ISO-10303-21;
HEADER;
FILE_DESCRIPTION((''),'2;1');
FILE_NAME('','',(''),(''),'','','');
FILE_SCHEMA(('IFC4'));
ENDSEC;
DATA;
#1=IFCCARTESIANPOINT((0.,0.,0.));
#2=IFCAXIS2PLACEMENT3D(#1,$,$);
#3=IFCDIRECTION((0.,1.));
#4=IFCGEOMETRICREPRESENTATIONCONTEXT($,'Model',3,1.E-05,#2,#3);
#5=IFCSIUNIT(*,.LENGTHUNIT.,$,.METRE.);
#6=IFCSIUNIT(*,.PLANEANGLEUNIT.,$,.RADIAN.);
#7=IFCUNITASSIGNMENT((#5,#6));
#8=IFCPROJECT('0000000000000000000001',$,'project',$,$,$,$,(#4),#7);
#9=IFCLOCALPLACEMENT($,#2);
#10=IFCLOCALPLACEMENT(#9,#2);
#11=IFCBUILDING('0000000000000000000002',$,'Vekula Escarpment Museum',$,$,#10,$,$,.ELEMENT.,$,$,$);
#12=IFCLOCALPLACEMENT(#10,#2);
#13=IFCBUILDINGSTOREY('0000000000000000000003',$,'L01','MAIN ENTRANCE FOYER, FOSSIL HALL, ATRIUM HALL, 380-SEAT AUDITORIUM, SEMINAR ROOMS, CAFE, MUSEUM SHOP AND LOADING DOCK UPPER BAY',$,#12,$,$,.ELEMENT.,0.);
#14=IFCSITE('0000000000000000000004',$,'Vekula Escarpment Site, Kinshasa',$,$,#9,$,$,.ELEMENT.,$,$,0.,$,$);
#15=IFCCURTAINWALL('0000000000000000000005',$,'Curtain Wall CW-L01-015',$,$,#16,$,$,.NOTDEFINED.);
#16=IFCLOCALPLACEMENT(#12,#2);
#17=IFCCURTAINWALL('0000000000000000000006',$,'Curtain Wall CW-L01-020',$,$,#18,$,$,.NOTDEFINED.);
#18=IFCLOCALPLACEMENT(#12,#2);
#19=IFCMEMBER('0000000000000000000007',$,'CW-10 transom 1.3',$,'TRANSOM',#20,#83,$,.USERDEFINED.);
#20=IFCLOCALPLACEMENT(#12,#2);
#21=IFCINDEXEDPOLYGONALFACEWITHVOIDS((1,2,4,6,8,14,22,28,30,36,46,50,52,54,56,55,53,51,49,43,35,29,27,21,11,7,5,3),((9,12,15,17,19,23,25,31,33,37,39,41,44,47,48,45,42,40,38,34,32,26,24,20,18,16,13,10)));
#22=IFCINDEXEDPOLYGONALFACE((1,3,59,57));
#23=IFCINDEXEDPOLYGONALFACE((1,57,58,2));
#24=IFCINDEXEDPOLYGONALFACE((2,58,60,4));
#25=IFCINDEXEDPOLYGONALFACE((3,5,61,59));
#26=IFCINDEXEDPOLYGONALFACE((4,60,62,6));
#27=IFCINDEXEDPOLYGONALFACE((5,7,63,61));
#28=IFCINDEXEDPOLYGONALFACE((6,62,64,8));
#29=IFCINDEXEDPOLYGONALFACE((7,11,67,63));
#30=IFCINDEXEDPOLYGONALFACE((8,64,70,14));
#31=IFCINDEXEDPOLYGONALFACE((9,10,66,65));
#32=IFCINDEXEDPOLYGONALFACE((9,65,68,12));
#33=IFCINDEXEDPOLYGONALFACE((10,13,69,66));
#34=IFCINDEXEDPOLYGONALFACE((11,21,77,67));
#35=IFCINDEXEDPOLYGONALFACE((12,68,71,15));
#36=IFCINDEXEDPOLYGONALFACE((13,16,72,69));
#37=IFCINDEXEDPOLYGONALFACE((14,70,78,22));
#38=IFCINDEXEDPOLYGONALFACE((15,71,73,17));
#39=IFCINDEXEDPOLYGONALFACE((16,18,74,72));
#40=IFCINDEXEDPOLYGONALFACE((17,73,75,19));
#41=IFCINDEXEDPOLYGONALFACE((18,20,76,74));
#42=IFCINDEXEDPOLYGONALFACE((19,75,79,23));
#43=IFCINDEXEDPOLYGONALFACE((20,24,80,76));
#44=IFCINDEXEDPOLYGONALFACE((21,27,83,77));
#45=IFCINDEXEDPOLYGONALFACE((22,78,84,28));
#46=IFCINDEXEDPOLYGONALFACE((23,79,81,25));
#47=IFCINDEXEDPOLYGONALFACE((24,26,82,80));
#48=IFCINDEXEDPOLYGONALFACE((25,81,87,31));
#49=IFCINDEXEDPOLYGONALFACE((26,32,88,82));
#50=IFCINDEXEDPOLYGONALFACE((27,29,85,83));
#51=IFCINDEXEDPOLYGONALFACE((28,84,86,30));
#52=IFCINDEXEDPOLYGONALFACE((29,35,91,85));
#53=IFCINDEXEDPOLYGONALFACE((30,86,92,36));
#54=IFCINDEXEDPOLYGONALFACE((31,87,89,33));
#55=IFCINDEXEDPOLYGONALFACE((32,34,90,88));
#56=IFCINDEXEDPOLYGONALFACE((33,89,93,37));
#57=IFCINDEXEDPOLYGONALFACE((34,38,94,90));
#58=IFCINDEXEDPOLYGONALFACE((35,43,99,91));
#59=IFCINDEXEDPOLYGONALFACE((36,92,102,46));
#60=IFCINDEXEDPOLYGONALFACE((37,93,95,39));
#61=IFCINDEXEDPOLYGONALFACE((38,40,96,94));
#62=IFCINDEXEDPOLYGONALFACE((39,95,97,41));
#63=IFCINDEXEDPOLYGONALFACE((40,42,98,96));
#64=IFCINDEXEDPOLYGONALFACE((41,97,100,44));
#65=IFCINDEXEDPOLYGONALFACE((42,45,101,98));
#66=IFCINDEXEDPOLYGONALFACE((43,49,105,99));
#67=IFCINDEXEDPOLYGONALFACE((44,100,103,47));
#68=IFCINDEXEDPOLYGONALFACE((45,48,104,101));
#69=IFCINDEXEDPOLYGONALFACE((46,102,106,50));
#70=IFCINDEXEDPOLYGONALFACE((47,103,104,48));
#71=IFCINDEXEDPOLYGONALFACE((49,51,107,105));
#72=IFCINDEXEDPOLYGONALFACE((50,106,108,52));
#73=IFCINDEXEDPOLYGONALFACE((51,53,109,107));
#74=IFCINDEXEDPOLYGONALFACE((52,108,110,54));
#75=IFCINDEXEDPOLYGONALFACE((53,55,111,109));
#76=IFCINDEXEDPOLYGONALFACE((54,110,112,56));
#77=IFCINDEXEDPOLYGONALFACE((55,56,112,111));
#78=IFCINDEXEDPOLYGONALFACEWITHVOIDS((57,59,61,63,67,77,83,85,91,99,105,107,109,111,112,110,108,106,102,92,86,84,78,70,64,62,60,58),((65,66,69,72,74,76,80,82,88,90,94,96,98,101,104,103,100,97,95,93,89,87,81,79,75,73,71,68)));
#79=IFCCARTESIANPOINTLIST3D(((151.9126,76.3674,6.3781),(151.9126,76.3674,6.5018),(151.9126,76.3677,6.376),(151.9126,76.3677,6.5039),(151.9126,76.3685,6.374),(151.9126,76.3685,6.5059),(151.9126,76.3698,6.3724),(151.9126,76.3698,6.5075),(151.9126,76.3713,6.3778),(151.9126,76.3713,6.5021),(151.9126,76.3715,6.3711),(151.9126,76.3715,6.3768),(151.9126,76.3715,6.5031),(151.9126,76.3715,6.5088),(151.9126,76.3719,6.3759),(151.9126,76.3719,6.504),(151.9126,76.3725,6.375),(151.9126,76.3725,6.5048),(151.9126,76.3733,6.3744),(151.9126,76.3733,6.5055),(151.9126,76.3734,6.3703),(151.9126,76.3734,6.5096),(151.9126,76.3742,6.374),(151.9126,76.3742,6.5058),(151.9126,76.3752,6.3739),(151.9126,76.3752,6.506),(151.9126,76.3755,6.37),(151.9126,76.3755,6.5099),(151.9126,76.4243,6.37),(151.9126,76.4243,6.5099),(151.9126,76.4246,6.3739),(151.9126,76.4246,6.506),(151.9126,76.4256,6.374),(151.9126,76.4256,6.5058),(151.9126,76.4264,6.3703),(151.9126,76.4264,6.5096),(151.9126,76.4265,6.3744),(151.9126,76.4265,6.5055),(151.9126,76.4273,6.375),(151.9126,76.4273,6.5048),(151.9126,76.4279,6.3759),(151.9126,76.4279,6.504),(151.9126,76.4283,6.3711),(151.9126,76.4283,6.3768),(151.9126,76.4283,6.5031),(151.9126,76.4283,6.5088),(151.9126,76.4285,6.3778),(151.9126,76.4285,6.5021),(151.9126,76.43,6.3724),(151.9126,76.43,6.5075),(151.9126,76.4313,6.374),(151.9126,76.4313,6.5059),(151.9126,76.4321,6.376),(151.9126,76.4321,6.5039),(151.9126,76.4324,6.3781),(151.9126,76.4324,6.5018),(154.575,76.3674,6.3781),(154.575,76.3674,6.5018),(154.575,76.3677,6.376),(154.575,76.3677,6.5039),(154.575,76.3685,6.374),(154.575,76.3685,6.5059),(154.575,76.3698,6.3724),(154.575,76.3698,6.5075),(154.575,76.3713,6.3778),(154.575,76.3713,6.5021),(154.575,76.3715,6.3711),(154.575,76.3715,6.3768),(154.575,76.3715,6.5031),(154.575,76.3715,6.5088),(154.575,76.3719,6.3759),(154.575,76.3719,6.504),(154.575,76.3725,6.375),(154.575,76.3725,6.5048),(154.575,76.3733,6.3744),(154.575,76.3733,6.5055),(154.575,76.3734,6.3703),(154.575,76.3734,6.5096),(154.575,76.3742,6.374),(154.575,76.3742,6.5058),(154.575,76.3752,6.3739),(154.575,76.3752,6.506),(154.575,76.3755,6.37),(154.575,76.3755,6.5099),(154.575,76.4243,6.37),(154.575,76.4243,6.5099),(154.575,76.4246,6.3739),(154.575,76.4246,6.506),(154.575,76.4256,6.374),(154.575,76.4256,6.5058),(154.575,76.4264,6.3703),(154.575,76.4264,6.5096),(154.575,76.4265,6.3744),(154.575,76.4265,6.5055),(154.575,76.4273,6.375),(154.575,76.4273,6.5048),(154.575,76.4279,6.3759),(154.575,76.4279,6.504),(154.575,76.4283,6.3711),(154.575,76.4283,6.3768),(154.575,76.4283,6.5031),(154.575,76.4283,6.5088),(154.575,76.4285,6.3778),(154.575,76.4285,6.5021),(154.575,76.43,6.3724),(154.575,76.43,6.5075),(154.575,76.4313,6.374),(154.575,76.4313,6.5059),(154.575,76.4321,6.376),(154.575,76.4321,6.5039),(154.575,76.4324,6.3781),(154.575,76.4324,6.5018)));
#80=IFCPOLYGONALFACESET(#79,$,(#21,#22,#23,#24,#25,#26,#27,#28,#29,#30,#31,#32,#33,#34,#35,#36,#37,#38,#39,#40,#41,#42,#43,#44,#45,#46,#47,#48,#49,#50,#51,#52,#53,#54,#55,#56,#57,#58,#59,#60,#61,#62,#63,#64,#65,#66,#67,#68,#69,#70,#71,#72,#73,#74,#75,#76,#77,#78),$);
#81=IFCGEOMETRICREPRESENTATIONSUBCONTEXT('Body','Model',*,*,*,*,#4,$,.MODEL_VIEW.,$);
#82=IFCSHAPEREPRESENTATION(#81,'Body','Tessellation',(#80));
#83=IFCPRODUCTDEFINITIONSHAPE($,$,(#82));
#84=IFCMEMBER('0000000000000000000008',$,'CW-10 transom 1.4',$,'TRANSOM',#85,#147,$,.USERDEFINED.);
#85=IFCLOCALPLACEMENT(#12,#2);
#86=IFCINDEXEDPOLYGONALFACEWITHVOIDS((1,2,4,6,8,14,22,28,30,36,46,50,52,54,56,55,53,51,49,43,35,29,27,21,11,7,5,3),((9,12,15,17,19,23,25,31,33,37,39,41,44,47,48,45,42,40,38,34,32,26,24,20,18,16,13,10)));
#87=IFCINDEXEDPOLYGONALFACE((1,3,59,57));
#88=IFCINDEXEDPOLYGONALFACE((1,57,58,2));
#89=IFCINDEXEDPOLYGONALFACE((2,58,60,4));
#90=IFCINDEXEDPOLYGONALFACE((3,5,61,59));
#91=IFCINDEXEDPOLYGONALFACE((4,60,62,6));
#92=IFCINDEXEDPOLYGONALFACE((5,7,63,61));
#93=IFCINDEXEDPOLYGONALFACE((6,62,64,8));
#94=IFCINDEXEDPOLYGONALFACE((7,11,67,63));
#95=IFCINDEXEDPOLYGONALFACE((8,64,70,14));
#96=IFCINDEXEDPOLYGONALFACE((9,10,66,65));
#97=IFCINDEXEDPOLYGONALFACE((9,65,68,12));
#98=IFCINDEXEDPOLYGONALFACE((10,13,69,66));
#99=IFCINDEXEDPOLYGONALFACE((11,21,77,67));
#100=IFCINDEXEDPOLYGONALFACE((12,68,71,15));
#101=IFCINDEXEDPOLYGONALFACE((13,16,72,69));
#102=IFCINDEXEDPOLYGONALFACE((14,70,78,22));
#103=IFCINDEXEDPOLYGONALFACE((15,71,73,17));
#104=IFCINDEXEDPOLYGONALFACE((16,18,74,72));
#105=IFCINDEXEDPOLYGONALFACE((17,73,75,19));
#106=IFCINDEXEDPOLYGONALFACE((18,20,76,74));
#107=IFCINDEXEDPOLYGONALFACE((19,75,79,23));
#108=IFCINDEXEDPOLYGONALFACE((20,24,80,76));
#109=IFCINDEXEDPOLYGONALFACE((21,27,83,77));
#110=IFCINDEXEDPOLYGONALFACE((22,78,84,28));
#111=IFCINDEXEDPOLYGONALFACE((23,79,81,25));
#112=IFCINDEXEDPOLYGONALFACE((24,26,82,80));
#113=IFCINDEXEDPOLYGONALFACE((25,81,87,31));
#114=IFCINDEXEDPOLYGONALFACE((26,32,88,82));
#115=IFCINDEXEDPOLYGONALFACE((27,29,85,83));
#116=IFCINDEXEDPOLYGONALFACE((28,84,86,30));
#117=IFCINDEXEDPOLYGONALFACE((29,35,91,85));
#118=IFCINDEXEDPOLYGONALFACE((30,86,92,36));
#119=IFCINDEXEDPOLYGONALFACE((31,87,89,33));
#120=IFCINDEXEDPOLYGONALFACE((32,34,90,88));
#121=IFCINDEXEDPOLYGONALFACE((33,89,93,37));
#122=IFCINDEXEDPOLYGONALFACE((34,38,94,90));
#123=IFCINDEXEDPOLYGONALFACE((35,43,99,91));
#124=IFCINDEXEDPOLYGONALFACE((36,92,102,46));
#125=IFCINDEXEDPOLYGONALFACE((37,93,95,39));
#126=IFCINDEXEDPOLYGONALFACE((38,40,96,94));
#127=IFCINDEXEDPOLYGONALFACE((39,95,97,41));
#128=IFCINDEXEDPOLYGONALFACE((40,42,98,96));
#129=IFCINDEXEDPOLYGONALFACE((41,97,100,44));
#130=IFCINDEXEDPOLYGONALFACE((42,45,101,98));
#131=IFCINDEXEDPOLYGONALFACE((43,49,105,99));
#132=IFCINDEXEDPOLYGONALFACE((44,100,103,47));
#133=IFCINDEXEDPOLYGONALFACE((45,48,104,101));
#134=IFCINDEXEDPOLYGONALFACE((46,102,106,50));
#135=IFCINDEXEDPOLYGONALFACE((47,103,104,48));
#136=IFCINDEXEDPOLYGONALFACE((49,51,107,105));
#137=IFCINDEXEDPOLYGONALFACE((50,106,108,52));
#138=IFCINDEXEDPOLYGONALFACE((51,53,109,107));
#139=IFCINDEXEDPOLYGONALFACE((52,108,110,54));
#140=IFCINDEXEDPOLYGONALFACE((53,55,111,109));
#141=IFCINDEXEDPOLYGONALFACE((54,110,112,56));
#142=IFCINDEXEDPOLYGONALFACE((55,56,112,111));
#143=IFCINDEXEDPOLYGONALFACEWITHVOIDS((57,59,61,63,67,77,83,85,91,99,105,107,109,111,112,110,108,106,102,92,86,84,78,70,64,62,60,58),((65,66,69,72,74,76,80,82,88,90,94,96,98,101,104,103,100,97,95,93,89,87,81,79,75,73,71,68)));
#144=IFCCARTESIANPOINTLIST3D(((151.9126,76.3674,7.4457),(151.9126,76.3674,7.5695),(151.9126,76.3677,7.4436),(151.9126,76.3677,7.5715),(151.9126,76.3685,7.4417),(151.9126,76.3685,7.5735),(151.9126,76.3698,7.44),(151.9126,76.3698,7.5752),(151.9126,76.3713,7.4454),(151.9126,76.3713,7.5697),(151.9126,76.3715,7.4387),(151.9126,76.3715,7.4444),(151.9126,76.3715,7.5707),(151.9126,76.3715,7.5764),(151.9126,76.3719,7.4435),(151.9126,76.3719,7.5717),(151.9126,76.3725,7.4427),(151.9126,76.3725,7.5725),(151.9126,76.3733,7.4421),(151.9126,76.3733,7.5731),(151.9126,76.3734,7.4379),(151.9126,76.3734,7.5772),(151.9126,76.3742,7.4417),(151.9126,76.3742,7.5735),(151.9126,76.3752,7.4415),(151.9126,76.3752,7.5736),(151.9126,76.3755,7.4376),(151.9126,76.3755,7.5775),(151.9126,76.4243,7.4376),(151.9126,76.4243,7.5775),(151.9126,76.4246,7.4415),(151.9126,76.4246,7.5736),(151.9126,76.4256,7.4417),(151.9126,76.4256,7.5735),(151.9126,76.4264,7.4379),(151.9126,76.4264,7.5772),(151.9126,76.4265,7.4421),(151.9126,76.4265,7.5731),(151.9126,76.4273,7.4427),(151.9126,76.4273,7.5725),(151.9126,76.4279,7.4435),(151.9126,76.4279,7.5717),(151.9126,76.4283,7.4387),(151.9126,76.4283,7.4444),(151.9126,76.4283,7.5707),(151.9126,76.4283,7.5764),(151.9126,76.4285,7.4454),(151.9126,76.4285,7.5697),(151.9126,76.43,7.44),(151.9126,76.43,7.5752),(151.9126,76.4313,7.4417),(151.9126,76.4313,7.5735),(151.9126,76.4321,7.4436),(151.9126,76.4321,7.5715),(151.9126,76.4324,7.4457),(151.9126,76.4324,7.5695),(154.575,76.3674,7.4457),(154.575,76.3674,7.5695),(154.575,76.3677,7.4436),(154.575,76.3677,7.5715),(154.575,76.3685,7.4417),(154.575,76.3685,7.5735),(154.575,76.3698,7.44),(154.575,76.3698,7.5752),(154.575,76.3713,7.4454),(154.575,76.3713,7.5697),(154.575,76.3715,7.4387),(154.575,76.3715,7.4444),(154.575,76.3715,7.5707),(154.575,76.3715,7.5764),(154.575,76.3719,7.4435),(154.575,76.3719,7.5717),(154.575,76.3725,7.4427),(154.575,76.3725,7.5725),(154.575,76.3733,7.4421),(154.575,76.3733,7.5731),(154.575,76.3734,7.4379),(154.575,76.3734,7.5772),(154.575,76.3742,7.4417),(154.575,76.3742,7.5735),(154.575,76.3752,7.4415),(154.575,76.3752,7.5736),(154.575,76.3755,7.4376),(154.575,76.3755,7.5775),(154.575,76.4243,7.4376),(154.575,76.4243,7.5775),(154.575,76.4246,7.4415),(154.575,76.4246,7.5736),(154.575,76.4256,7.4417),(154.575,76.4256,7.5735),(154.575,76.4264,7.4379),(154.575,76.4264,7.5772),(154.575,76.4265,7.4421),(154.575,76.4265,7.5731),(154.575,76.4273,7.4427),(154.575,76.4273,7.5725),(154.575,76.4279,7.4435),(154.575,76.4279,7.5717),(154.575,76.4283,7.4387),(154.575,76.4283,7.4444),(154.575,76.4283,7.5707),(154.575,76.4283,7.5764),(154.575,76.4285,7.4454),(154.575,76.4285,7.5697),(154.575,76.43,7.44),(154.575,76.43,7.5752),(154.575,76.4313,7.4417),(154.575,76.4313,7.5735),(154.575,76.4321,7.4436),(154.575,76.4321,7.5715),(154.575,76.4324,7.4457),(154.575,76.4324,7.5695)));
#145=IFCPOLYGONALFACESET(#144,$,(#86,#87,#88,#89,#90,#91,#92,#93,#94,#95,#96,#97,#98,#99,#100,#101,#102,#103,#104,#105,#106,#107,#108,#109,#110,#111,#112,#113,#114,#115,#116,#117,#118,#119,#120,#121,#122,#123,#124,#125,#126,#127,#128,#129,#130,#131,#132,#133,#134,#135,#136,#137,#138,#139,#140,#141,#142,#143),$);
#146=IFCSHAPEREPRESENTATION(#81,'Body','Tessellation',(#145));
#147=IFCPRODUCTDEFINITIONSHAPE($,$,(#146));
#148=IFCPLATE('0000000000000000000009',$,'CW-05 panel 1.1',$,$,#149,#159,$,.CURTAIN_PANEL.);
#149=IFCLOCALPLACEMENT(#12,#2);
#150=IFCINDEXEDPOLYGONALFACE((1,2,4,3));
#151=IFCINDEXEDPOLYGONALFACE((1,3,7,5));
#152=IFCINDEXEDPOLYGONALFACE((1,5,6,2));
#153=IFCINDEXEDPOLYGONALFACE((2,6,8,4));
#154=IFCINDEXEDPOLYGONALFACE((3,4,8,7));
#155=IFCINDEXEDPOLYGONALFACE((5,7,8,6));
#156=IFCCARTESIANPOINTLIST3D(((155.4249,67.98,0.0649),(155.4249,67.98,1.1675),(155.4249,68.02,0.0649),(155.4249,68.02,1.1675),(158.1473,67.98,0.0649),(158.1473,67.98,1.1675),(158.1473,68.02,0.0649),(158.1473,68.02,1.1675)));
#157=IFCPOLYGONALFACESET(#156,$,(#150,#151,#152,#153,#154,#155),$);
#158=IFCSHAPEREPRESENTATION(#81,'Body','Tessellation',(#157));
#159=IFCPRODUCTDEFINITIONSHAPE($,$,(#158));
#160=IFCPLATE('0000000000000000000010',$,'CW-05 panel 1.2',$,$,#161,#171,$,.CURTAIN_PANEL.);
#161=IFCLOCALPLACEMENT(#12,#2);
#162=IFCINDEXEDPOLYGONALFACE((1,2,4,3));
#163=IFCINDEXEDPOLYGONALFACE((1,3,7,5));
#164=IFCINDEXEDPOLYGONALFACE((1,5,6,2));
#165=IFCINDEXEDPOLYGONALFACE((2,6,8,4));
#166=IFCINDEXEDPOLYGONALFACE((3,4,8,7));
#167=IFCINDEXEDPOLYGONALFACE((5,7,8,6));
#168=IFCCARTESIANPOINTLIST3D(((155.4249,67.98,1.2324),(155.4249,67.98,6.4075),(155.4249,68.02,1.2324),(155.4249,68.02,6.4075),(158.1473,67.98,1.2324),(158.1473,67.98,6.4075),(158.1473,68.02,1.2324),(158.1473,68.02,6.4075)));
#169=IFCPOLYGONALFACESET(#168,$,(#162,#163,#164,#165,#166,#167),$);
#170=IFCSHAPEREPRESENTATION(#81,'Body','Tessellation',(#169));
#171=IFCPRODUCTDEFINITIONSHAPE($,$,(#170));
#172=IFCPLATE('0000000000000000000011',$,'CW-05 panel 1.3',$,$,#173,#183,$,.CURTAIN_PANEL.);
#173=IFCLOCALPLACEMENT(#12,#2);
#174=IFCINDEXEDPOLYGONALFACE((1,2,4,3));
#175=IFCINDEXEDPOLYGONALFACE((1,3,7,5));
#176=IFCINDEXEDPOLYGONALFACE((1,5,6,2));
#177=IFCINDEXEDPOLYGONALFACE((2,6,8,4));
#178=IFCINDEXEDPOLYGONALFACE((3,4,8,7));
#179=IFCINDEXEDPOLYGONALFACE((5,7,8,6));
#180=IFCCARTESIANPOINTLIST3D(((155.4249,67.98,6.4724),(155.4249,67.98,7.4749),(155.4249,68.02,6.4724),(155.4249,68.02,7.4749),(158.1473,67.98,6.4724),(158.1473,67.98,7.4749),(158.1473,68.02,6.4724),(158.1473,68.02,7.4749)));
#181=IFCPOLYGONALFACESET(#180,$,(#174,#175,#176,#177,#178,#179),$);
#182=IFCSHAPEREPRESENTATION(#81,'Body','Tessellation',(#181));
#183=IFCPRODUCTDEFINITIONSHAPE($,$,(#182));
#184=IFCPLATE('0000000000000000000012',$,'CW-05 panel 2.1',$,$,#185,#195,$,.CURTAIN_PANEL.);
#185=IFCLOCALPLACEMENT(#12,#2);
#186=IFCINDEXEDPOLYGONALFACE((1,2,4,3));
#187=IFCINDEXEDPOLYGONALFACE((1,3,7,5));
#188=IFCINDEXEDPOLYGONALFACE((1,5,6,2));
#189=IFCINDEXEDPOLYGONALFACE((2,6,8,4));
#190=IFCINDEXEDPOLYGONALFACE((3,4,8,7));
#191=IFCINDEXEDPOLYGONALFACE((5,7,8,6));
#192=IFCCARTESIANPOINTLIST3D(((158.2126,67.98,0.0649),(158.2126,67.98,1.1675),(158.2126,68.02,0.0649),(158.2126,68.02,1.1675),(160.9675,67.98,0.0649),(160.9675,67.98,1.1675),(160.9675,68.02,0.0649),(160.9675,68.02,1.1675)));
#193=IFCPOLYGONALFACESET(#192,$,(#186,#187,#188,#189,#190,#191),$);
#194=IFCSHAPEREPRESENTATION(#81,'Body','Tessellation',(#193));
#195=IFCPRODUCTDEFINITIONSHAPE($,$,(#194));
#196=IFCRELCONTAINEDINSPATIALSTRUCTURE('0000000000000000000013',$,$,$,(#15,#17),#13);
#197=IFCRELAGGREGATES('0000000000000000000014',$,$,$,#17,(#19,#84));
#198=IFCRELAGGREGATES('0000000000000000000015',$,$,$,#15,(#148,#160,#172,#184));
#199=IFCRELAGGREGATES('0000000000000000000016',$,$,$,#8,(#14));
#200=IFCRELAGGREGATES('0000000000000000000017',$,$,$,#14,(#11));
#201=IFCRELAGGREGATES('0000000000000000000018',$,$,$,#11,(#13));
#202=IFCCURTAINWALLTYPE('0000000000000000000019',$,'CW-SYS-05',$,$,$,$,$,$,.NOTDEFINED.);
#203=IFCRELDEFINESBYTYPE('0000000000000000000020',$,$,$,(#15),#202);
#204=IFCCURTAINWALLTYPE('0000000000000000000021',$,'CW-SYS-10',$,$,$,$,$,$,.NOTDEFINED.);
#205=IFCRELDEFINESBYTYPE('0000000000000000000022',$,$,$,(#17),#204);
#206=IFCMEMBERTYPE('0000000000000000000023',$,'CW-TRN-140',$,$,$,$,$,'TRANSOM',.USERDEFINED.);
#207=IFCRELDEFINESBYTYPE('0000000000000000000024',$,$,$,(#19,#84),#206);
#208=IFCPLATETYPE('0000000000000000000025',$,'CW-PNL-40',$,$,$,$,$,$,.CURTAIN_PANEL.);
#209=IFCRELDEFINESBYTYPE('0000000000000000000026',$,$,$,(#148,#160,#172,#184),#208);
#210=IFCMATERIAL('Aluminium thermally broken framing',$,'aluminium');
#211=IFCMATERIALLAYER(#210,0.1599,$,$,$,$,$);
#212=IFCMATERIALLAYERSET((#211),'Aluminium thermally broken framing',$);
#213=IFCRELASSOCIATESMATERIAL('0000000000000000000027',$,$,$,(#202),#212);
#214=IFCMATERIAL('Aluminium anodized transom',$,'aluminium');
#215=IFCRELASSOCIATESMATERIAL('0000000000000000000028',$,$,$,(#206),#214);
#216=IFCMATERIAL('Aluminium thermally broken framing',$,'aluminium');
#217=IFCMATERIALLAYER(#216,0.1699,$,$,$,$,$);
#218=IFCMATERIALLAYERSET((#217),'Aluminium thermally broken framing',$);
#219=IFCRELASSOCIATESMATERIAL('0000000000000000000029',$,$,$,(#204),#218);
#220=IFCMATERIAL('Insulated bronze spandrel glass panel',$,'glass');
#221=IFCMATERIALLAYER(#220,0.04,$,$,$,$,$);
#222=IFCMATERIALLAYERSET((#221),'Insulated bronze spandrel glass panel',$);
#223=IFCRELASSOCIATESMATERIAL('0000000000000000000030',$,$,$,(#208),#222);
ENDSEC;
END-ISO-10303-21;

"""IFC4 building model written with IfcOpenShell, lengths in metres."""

from ifc_helpers import new_model, si_unit, direction, frame, origin, origin_2d, place, context, subcontext, project, spatial, rectangle, hollow_rectangle, extrude, material, layer, layer_set, material_profile, profile_set, type_object, element, aggregate, save


model = new_model("IFC4")

# Units and contexts
model_context = context("Model", 3, precision=1e-05, world=origin(), true_north=direction((0.0, 1.0)))
body_context = subcontext(model_context, "Body", "Model", "MODEL_VIEW")
ifc_project = project(units=[si_unit("LENGTHUNIT", "METRE"), si_unit("PLANEANGLEUNIT", "RADIAN")], contexts=[model_context])

# Site, building, storey
site_placement = place(None, origin())
site = spatial("IfcSite", under=ifc_project, at=site_placement, Name="Vekula Escarpment Site, Kinshasa", CompositionType="ELEMENT", RefElevation=0.0)
building_placement = place(site_placement, origin())
building = spatial("IfcBuilding", under=site, at=building_placement, Name="Vekula Escarpment Museum", CompositionType="ELEMENT")
storey_placement = place(building_placement, origin())
storey = spatial("IfcBuildingStorey", under=building, at=storey_placement, Name="L01", Description="MAIN ENTRANCE FOYER, FOSSIL HALL, ATRIUM HALL, 380-SEAT AUDITORIUM, SEMINAR ROOMS, CAFE, MUSEUM SHOP AND LOADING DOCK UPPER BAY", CompositionType="ELEMENT", Elevation=0.0)

# Curtain walls, members
ifc_material_1 = material(Name="Aluminium thermally broken framing", Category="aluminium")
ifc_layer_1 = layer(ifc_material_1, 0.1599)
ifc_layer_set_1 = layer_set([ifc_layer_1], Name="Aluminium thermally broken framing")
curtain_wall_type_1 = type_object("IfcCurtainWallType", Name="CW-SYS-05", PredefinedType="NOTDEFINED", material=ifc_layer_set_1)
curtain_wall_1_placement = place(storey_placement, origin())
curtain_wall_1 = element("IfcCurtainWall", 1, at=curtain_wall_1_placement, inside=storey, type_object=curtain_wall_type_1, Name="Curtain Wall CW-L01-015", PredefinedType="NOTDEFINED")
ifc_material_2 = material(Name="Aluminium anodized transom", Category="aluminium")
ifc_material_profile_1 = material_profile(ifc_material_2, hollow_rectangle(XDim=0.0649, YDim=0.1399, WallThickness=0.0039, InnerFilletRadius=0.0039, OuterFilletRadius=0.0081, at=origin_2d()), Name="ALU 140x65x4")
ifc_profile_set_1 = profile_set([ifc_material_profile_1], Name="Aluminium anodized transom")
member_type_1 = type_object("IfcMemberType", Name="CW-TRN-140", ElementType="TRANSOM", PredefinedType="USERDEFINED", material=ifc_profile_set_1)
ifc_material_3 = material(Name="Aluminium thermally broken framing", Category="aluminium")
ifc_layer_2 = layer(ifc_material_3, 0.1699)
ifc_layer_set_2 = layer_set([ifc_layer_2], Name="Aluminium thermally broken framing")
curtain_wall_type_2 = type_object("IfcCurtainWallType", Name="CW-SYS-10", PredefinedType="NOTDEFINED", material=ifc_layer_set_2)
curtain_wall_2_placement = place(storey_placement, origin())
curtain_wall_2 = element("IfcCurtainWall", 2, at=curtain_wall_2_placement, inside=storey, type_object=curtain_wall_type_2, Name="Curtain Wall CW-L01-020", PredefinedType="NOTDEFINED")
member_1_placement = place(storey_placement, frame((154.575, 76.3999, 6.4399), z_axis=(-1.0, 0.0, 0.0), x_axis=(0.0, -1.0, 0.0)))
member_1 = element("IfcMember", 3, at=member_1_placement, type_object=member_type_1, Name="CW-10 transom 1.3", ObjectType="TRANSOM", PredefinedType="USERDEFINED", context=body_context, shape_type="SweptSolid", body=[
    extrude(hollow_rectangle(XDim=0.0649, YDim=0.1399, WallThickness=0.0039, InnerFilletRadius=0.0039, OuterFilletRadius=0.0081, at=origin_2d()), origin(), (0.0, 0.0, 1.0), 2.6624),
])
member_2_placement = place(storey_placement, frame((154.575, 76.3999, 7.5076), z_axis=(-1.0, 0.0, 0.0), x_axis=(0.0, -1.0, 0.0)))
member_2 = element("IfcMember", 4, at=member_2_placement, type_object=member_type_1, Name="CW-10 transom 1.4", ObjectType="TRANSOM", PredefinedType="USERDEFINED", context=body_context, shape_type="SweptSolid", body=[
    extrude(hollow_rectangle(XDim=0.0649, YDim=0.1399, WallThickness=0.0039, InnerFilletRadius=0.0039, OuterFilletRadius=0.0081, at=origin_2d()), origin(), (0.0, 0.0, 1.0), 2.6624),
])
aggregate(curtain_wall_2, [member_1, member_2])

# Plates
ifc_material_4 = material(Name="Insulated bronze spandrel glass panel", Category="glass")
ifc_layer_3 = layer(ifc_material_4, 0.04)
ifc_layer_set_3 = layer_set([ifc_layer_3], Name="Insulated bronze spandrel glass panel")
plate_type = type_object("IfcPlateType", Name="CW-PNL-40", PredefinedType="CURTAIN_PANEL", material=ifc_layer_set_3)
plate_1_placement = place(storey_placement, frame((156.7861, 68.0, 0.0649), z_axis=(0.0, 0.0, 1.0), x_axis=(1.0, 0.0, 0.0)))
plate_1 = element("IfcPlate", 5, at=plate_1_placement, type_object=plate_type, Name="CW-05 panel 1.1", PredefinedType="CURTAIN_PANEL", context=body_context, shape_type="SweptSolid", body=[
    extrude(rectangle(XDim=2.7224, YDim=0.04, at=origin_2d()), origin(), (0.0, 0.0, 1.0), 1.1025),
])
plate_2_placement = place(storey_placement, frame((156.7861, 68.0, 1.2324), z_axis=(0.0, 0.0, 1.0), x_axis=(1.0, 0.0, 0.0)))
plate_2 = element("IfcPlate", 6, at=plate_2_placement, type_object=plate_type, Name="CW-05 panel 1.2", PredefinedType="CURTAIN_PANEL", context=body_context, shape_type="SweptSolid", body=[
    extrude(rectangle(XDim=2.7224, YDim=0.04, at=origin_2d()), origin(), (0.0, 0.0, 1.0), 5.175),
])
plate_3_placement = place(storey_placement, frame((156.7861, 68.0, 6.4724), z_axis=(0.0, 0.0, 1.0), x_axis=(1.0, 0.0, 0.0)))
plate_3 = element("IfcPlate", 7, at=plate_3_placement, type_object=plate_type, Name="CW-05 panel 1.3", PredefinedType="CURTAIN_PANEL", context=body_context, shape_type="SweptSolid", body=[
    extrude(rectangle(XDim=2.7224, YDim=0.04, at=origin_2d()), origin(), (0.0, 0.0, 1.0), 1.0024),
])
plate_4_placement = place(storey_placement, frame((159.5901, 68.0, 0.0649), z_axis=(0.0, 0.0, 1.0), x_axis=(1.0, 0.0, 0.0)))
plate_4 = element("IfcPlate", 8, at=plate_4_placement, type_object=plate_type, Name="CW-05 panel 2.1", PredefinedType="CURTAIN_PANEL", context=body_context, shape_type="SweptSolid", body=[
    extrude(rectangle(XDim=2.7549, YDim=0.04, at=origin_2d()), origin(), (0.0, 0.0, 1.0), 1.1025),
])
aggregate(curtain_wall_1, [plate_1, plate_2, plate_3, plate_4])

save(model, "model.ifc")
